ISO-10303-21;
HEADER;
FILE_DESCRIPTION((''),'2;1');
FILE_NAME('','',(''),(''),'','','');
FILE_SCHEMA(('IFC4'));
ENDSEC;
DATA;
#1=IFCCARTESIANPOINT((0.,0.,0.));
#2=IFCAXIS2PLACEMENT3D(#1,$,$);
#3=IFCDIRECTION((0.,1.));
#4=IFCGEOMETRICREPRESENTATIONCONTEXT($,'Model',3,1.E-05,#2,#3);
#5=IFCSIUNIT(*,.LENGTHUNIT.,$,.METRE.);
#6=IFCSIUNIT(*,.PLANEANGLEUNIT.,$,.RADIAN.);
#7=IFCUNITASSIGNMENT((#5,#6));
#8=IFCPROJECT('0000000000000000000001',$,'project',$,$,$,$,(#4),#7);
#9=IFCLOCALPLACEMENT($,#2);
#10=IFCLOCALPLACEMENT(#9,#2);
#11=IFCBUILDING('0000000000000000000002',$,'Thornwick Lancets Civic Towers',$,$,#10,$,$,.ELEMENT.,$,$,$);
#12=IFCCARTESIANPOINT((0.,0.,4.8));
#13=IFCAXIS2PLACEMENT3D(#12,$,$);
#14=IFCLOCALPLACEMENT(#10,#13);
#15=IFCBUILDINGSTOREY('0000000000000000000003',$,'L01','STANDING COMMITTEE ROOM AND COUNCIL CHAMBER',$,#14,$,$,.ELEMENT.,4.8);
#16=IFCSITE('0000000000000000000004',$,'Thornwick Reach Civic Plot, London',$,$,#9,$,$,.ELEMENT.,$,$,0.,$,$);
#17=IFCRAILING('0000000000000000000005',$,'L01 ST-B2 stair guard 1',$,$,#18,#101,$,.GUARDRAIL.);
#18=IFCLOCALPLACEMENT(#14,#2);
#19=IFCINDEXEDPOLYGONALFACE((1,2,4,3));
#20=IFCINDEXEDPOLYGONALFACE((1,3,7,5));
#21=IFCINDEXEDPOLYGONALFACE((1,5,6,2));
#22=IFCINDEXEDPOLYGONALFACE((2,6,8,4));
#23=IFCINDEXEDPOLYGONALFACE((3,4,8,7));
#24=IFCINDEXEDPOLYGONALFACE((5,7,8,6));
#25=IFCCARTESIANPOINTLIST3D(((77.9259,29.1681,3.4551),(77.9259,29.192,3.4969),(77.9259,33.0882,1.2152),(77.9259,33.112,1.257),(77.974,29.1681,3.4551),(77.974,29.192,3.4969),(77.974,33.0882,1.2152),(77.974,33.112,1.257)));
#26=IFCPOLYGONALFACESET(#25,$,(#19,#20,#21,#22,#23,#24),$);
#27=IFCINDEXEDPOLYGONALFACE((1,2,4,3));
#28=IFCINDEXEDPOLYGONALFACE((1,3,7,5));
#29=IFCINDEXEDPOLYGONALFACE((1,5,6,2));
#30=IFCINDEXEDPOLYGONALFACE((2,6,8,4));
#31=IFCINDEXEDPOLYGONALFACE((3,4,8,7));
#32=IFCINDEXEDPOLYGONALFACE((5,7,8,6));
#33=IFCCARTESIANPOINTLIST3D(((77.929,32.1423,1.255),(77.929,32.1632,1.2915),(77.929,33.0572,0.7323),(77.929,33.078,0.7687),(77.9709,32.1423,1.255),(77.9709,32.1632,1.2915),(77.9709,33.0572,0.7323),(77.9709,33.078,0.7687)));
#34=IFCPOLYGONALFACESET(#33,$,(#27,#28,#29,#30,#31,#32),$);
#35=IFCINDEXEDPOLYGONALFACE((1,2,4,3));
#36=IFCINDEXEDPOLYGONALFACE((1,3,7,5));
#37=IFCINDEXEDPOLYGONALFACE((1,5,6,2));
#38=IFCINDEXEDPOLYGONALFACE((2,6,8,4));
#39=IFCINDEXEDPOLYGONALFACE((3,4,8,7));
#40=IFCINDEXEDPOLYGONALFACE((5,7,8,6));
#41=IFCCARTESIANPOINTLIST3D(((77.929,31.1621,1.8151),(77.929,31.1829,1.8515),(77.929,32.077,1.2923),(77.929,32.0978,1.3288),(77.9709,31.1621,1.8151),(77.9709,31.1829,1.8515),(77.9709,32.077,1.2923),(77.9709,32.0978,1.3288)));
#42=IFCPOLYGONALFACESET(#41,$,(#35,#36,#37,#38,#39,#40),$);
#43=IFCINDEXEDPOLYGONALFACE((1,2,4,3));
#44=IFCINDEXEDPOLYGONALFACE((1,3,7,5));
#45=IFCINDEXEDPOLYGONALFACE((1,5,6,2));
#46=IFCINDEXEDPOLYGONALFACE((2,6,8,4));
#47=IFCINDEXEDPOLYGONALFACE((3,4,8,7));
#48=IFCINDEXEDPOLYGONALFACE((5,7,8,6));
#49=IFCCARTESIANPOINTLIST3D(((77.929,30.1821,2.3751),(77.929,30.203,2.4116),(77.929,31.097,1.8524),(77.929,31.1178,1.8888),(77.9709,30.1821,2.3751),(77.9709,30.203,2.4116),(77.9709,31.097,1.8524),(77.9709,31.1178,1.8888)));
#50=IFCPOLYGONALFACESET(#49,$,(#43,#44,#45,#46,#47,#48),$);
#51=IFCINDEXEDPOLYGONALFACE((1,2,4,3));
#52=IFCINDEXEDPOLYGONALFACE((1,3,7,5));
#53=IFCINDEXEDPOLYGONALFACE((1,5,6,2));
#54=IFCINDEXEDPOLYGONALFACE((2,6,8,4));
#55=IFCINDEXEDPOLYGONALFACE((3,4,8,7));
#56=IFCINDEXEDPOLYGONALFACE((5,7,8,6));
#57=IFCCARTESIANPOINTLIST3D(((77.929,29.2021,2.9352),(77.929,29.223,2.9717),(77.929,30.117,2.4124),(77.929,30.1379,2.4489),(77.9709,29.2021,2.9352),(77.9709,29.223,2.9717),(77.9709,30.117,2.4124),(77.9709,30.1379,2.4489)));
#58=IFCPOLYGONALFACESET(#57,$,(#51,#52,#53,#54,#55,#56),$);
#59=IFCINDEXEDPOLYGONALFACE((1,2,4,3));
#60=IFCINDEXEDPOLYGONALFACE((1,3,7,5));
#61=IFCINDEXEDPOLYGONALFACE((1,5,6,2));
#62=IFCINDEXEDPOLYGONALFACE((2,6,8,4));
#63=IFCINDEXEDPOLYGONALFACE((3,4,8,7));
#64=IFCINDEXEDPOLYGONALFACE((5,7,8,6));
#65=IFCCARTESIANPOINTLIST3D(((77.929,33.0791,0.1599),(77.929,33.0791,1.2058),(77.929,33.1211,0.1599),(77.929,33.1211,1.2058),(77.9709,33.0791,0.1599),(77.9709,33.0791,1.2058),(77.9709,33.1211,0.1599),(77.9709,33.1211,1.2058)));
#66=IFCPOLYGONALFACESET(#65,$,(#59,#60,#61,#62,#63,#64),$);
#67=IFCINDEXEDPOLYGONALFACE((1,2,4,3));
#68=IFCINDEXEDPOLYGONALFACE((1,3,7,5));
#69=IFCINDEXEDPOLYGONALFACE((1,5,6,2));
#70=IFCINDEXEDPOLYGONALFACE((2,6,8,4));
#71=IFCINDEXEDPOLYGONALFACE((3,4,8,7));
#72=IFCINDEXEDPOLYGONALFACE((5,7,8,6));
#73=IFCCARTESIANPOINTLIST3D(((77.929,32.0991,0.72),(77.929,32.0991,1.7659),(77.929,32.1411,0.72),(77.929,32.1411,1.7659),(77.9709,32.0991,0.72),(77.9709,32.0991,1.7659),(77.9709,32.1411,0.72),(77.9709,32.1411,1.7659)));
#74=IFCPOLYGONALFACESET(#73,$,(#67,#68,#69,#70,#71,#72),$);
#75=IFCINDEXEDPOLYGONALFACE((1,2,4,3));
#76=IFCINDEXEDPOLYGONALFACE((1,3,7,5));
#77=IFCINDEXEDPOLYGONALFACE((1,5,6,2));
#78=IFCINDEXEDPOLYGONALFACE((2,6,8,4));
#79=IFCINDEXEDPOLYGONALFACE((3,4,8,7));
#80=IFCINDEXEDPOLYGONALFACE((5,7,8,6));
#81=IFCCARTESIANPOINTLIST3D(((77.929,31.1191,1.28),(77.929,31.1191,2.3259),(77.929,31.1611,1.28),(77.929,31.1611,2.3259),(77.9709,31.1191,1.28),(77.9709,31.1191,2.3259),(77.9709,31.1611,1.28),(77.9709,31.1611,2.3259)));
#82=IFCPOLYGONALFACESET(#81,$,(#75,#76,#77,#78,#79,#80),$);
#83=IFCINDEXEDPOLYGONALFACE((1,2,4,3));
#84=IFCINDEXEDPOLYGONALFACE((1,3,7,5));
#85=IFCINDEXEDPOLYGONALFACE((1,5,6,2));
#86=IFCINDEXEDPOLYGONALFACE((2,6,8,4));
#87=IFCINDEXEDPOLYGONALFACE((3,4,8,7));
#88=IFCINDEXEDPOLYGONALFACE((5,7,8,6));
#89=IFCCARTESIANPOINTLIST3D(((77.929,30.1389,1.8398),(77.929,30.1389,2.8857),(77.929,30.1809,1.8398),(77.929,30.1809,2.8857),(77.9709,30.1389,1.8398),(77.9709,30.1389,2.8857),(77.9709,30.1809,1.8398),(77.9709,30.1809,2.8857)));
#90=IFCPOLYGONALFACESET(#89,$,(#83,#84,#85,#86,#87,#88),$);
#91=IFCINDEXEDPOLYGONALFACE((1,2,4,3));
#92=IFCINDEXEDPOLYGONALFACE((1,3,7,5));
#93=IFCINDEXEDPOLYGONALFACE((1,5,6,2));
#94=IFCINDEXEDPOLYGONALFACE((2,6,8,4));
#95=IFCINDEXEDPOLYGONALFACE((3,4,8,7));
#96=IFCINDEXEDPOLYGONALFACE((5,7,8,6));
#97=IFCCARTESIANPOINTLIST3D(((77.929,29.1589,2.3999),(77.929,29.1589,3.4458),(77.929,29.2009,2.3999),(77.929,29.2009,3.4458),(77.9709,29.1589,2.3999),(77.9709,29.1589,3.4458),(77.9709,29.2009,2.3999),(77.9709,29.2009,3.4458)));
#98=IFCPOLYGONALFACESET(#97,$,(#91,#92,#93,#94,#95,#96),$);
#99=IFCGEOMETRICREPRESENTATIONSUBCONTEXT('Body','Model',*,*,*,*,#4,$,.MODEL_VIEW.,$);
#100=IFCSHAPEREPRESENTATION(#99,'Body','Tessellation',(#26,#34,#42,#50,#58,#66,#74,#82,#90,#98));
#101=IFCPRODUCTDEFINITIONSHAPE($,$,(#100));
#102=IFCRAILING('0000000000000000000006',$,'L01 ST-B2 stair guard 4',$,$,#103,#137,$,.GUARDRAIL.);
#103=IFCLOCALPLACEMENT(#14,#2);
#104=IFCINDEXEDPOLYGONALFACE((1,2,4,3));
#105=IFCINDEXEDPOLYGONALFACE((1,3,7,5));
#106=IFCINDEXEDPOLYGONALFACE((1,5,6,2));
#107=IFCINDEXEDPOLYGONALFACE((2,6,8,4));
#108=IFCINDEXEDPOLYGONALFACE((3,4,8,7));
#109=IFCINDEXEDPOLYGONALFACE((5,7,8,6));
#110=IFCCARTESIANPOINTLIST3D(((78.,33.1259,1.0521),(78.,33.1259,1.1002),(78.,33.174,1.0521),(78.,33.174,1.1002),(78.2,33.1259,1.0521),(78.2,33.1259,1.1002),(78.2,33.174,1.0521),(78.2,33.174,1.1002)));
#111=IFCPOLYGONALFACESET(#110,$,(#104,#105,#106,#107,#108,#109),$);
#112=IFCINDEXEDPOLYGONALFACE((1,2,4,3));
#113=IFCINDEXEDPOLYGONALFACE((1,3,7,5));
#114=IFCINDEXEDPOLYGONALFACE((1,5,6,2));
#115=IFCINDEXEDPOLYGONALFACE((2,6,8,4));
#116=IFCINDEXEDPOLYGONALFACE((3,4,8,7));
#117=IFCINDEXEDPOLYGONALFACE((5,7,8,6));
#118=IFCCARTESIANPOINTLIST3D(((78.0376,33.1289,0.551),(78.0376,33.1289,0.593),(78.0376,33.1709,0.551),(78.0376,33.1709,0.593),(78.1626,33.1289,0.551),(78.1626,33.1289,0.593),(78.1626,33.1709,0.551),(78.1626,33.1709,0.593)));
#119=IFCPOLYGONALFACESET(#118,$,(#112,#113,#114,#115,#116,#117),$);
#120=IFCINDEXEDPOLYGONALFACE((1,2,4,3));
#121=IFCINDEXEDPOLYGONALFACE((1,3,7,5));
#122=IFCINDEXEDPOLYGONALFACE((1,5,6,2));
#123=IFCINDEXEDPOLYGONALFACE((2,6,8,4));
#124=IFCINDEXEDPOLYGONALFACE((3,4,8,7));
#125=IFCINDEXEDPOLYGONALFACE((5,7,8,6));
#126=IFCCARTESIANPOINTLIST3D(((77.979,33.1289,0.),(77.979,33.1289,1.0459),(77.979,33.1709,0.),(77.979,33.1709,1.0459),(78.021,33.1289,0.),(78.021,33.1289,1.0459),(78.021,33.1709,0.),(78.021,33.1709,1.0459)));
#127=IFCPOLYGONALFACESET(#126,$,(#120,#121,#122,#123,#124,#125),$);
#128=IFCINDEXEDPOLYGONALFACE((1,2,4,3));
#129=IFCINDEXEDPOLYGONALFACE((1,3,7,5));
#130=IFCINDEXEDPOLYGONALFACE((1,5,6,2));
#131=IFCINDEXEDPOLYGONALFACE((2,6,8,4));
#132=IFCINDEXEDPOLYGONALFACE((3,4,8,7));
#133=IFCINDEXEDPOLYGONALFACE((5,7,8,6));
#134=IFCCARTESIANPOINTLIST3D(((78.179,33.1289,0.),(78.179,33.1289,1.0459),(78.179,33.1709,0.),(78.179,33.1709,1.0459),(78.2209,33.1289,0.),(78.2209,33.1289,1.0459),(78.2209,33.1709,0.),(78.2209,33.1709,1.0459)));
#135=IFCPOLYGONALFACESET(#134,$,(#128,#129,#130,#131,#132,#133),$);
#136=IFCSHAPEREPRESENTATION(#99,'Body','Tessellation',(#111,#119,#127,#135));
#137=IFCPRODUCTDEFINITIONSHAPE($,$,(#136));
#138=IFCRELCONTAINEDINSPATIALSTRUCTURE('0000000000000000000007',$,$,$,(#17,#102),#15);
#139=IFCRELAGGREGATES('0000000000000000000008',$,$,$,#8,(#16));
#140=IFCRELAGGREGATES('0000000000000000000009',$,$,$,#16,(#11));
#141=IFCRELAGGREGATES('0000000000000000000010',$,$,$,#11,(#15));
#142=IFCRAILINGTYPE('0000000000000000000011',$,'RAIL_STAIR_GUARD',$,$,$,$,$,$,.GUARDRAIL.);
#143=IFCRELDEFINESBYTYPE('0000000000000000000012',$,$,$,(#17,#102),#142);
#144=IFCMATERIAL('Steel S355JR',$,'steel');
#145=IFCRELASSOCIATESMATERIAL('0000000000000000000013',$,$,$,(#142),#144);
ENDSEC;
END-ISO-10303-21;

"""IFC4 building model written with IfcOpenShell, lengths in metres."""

from ifc_helpers import new_model, si_unit, direction, frame, origin, origin_2d, place, context, subcontext, project, spatial, rectangle, extrude, material, type_object, element, save


model = new_model("IFC4")

# Units and contexts
model_context = context("Model", 3, precision=1e-05, world=origin(), true_north=direction((0.0, 1.0)))
body_context = subcontext(model_context, "Body", "Model", "MODEL_VIEW")
ifc_project = project(units=[si_unit("LENGTHUNIT", "METRE"), si_unit("PLANEANGLEUNIT", "RADIAN")], contexts=[model_context])

# Site, building, storey
site_placement = place(None, origin())
site = spatial("IfcSite", under=ifc_project, at=site_placement, Name="Thornwick Reach Civic Plot, London", CompositionType="ELEMENT", RefElevation=0.0)
building_placement = place(site_placement, origin())
building = spatial("IfcBuilding", under=site, at=building_placement, Name="Thornwick Lancets Civic Towers", CompositionType="ELEMENT")
storey_placement = place(building_placement, frame((0.0, 0.0, 4.8)))
storey = spatial("IfcBuildingStorey", under=building, at=storey_placement, Name="L01", Description="STANDING COMMITTEE ROOM AND COUNCIL CHAMBER", CompositionType="ELEMENT", Elevation=4.8)

# Shared definitions
ifc_material_1 = material(Name="Steel S355JR", Category="steel")

# Railings
railing_type_1 = type_object("IfcRailingType", Name="RAIL_STAIR_GUARD", PredefinedType="GUARDRAIL", material=ifc_material_1)
railing_1_placement = place(storey_placement, frame((77.95, 33.1001, 0.1599)))
element("IfcRailing", 1, at=railing_1_placement, inside=storey, type_object=railing_type_1, Name="L01 ST-B2 stair guard 1", PredefinedType="GUARDRAIL", context=body_context, shape_type="SweptSolid", body=[
    extrude(rectangle(XDim=0.0481, YDim=0.0481, at=origin_2d()), frame((0.0, 0.0, 1.0762), z_axis=(0.0, -0.868253, 0.496121), x_axis=(1.0, 0.0, 0.0)), (0.0, 0.0, 1.0), 4.5149),
    extrude(rectangle(XDim=0.042, YDim=0.042, at=origin_2d()), frame((0.0, -0.0325, 0.5906), z_axis=(0.0, -0.868253, 0.496121), x_axis=(1.0, 0.0, 0.0)), (0.0, 0.0, 1.0), 1.0537),
    extrude(rectangle(XDim=0.042, YDim=0.042, at=origin_2d()), frame((0.0, -1.0127, 1.1506), z_axis=(0.0, -0.868253, 0.496121), x_axis=(1.0, 0.0, 0.0)), (0.0, 0.0, 1.0), 1.0537),
    extrude(rectangle(XDim=0.042, YDim=0.042, at=origin_2d()), frame((0.0, -1.9927, 1.7107), z_axis=(0.0, -0.868253, 0.496121), x_axis=(1.0, 0.0, 0.0)), (0.0, 0.0, 1.0), 1.0537),
    extrude(rectangle(XDim=0.042, YDim=0.042, at=origin_2d()), frame((0.0, -2.9727, 2.2708), z_axis=(0.0, -0.868253, 0.496121), x_axis=(1.0, 0.0, 0.0)), (0.0, 0.0, 1.0), 1.0537),
    extrude(rectangle(XDim=0.042, YDim=0.042, at=origin_2d()), origin(), (0.0, 0.0, 1.0), 1.0459),
    extrude(rectangle(XDim=0.042, YDim=0.042, at=origin_2d()), frame((0.0, -0.98, 0.5601)), (0.0, 0.0, 1.0), 1.0459),
    extrude(rectangle(XDim=0.042, YDim=0.042, at=origin_2d()), frame((0.0, -1.96, 1.1201)), (0.0, 0.0, 1.0), 1.0459),
    extrude(rectangle(XDim=0.042, YDim=0.042, at=origin_2d()), frame((0.0, -2.9402, 1.6799)), (0.0, 0.0, 1.0), 1.0459),
    extrude(rectangle(XDim=0.042, YDim=0.042, at=origin_2d()), frame((0.0, -3.9202, 2.24)), (0.0, 0.0, 1.0), 1.0459),
])
railing_2_placement = place(storey_placement, frame((78.0, 33.1499, 0.0)))
element("IfcRailing", 2, at=railing_2_placement, inside=storey, type_object=railing_type_1, Name="L01 ST-B2 stair guard 4", PredefinedType="GUARDRAIL", context=body_context, shape_type="SweptSolid", body=[
    extrude(rectangle(XDim=0.0481, YDim=0.0481, at=origin_2d()), frame((0.0, 0.0, 1.0762), z_axis=(1.0, 0.0, 0.0), x_axis=(0.0, 1.0, 0.0)), (0.0, 0.0, 1.0), 0.2),
    extrude(rectangle(XDim=0.042, YDim=0.042, at=origin_2d()), frame((0.0376, 0.0, 0.572), z_axis=(1.0, 0.0, 0.0), x_axis=(0.0, 1.0, 0.0)), (0.0, 0.0, 1.0), 0.125),
    extrude(rectangle(XDim=0.042, YDim=0.042, at=origin_2d()), origin(), (0.0, 0.0, 1.0), 1.0459),
    extrude(rectangle(XDim=0.042, YDim=0.042, at=origin_2d()), frame((0.2, 0.0, 0.0)), (0.0, 0.0, 1.0), 1.0459),
])

save(model, "model.ifc")
